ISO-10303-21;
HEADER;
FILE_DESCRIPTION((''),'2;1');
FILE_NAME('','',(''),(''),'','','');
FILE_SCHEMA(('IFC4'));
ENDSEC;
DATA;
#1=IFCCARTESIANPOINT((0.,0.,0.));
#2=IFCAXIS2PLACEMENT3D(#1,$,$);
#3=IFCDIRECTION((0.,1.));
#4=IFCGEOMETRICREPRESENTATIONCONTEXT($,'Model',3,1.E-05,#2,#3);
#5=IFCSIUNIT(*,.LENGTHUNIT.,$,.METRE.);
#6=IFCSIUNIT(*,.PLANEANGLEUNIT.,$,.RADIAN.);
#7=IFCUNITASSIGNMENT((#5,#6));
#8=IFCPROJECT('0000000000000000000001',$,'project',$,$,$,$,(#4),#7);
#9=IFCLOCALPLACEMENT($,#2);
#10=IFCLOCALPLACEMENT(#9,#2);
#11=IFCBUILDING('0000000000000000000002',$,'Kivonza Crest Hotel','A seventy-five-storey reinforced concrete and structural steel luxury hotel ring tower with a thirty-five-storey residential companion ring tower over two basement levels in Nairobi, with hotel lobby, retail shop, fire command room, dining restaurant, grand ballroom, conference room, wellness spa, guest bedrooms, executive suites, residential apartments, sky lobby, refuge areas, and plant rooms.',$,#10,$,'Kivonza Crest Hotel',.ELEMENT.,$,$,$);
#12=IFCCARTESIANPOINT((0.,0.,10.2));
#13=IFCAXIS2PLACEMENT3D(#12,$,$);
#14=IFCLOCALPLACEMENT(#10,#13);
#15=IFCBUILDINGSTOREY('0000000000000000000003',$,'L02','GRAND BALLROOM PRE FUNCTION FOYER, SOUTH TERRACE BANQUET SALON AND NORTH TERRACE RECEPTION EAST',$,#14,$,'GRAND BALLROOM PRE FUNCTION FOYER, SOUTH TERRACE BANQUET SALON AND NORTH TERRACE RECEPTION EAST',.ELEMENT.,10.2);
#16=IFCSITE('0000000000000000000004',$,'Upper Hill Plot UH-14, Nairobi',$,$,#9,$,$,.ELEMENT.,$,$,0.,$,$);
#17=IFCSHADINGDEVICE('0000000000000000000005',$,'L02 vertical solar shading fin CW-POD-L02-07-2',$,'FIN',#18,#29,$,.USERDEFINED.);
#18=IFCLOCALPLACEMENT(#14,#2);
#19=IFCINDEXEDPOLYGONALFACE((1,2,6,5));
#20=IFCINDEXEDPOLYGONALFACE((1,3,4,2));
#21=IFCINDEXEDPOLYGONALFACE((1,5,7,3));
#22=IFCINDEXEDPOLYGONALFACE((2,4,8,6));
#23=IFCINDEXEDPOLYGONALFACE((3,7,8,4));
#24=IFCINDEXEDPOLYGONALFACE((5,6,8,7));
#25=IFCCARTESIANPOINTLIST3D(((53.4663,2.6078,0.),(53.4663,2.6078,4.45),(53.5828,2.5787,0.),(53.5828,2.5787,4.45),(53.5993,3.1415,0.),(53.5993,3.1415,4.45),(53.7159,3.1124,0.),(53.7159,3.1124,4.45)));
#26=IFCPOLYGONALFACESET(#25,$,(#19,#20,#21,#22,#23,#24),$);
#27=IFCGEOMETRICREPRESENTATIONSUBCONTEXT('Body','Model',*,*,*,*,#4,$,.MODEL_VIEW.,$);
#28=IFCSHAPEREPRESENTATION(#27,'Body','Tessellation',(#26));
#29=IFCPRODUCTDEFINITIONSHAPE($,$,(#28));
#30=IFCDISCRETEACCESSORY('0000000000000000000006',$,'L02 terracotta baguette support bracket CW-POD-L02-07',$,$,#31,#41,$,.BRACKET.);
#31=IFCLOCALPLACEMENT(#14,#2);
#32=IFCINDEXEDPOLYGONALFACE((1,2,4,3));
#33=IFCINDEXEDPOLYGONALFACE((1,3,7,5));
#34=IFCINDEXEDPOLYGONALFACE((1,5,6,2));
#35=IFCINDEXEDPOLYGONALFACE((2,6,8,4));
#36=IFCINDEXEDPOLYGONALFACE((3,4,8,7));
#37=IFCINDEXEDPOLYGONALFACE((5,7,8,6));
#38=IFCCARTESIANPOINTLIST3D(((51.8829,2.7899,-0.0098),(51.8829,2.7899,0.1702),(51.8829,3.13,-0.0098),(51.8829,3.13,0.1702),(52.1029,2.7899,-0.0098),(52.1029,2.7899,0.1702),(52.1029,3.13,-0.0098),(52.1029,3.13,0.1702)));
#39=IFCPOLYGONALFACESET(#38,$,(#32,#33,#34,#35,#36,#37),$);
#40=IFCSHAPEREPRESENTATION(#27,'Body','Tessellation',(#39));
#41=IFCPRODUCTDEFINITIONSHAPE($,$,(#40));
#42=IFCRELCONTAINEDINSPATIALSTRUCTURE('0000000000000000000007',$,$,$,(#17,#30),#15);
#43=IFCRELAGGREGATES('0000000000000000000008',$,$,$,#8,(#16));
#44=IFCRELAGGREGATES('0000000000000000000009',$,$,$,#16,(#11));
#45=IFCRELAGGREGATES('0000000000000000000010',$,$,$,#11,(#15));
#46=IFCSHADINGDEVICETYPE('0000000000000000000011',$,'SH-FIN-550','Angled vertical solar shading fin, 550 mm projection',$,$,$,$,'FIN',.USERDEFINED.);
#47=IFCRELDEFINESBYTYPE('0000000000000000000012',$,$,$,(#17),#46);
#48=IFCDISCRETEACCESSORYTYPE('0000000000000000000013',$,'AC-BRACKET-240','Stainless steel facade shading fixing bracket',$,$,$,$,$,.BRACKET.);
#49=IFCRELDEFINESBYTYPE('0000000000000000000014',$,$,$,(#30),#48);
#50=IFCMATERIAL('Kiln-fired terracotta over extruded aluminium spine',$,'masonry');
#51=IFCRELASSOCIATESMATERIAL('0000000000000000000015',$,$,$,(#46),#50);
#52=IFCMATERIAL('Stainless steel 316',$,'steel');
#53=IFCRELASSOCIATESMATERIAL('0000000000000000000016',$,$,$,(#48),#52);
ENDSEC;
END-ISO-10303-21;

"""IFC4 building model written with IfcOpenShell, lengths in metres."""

from ifc_helpers import new_model, si_unit, direction, frame, origin, origin_2d, place, context, subcontext, project, spatial, rectangle, extrude, material, type_object, element, save


model = new_model("IFC4")

# Units and contexts
model_context = context("Model", 3, precision=1e-05, world=origin(), true_north=direction((0.0, 1.0)))
body_context = subcontext(model_context, "Body", "Model", "MODEL_VIEW")
ifc_project = project(units=[si_unit("LENGTHUNIT", "METRE"), si_unit("PLANEANGLEUNIT", "RADIAN")], contexts=[model_context])

# Site, building, storey
site_placement = place(None, origin())
site = spatial("IfcSite", under=ifc_project, at=site_placement, Name="Upper Hill Plot UH-14, Nairobi", CompositionType="ELEMENT", RefElevation=0.0)
building_placement = place(site_placement, origin())
building = spatial("IfcBuilding", under=site, at=building_placement, Name="Kivonza Crest Hotel", Description="A seventy-five-storey reinforced concrete and structural steel luxury hotel ring tower with a thirty-five-storey residential companion ring tower over two basement levels in Nairobi, with hotel lobby, retail shop, fire command room, dining restaurant, grand ballroom, conference room, wellness spa, guest bedrooms, executive suites, residential apartments, sky lobby, refuge areas, and plant rooms.", LongName="Kivonza Crest Hotel", CompositionType="ELEMENT")
storey_placement = place(building_placement, frame((0.0, 0.0, 10.2)))
storey = spatial("IfcBuildingStorey", under=building, at=storey_placement, Name="L02", Description="GRAND BALLROOM PRE FUNCTION FOYER, SOUTH TERRACE BANQUET SALON AND NORTH TERRACE RECEPTION EAST", LongName="GRAND BALLROOM PRE FUNCTION FOYER, SOUTH TERRACE BANQUET SALON AND NORTH TERRACE RECEPTION EAST", CompositionType="ELEMENT", Elevation=10.2)

# Shading device
ifc_material_1 = material(Name="Kiln-fired terracotta over extruded aluminium spine", Category="masonry")
shading_device_type_1 = type_object("IfcShadingDeviceType", Name="SH-FIN-550", Description="Angled vertical solar shading fin, 550 mm projection", ElementType="FIN", PredefinedType="USERDEFINED", material=ifc_material_1)
for number, where, z_axis, x_axis, name in (
    (1, (53.5911, 2.8601, 0.0), (0.0, 0.0, 1.0), (0.970296, -0.241922, 0.0), "L02 vertical solar shading fin CW-POD-L02-07-2"),
):
    element("IfcShadingDevice", number, at=place(storey_placement, frame(where, z_axis=z_axis, x_axis=x_axis)), inside=storey, type_object=shading_device_type_1, Name=name, ObjectType="FIN", PredefinedType="USERDEFINED", context=body_context, shape_type="SweptSolid", body=[
        extrude(rectangle(XDim=0.1201, YDim=0.55, at=origin_2d()), origin(), (0.0, 0.0, 1.0), 4.45),
    ])

# Discrete accessory
ifc_material_2 = material(Name="Stainless steel 316", Category="steel")
discrete_accessory_type = type_object("IfcDiscreteAccessoryType", Name="AC-BRACKET-240", Description="Stainless steel facade shading fixing bracket", PredefinedType="BRACKET", material=ifc_material_2)
discrete_accessory_placement = place(storey_placement, frame((51.9929, 2.96, -0.0098), z_axis=(0.0, 0.0, 1.0), x_axis=(1.0, 0.0, 0.0)))
element("IfcDiscreteAccessory", 2, at=discrete_accessory_placement, inside=storey, type_object=discrete_accessory_type, Name="L02 terracotta baguette support bracket CW-POD-L02-07", PredefinedType="BRACKET", context=body_context, shape_type="SweptSolid", body=[
    extrude(rectangle(XDim=0.22, YDim=0.3401, at=origin_2d()), origin(), (0.0, 0.0, 1.0), 0.1799),
])

save(model, "model.ifc")
